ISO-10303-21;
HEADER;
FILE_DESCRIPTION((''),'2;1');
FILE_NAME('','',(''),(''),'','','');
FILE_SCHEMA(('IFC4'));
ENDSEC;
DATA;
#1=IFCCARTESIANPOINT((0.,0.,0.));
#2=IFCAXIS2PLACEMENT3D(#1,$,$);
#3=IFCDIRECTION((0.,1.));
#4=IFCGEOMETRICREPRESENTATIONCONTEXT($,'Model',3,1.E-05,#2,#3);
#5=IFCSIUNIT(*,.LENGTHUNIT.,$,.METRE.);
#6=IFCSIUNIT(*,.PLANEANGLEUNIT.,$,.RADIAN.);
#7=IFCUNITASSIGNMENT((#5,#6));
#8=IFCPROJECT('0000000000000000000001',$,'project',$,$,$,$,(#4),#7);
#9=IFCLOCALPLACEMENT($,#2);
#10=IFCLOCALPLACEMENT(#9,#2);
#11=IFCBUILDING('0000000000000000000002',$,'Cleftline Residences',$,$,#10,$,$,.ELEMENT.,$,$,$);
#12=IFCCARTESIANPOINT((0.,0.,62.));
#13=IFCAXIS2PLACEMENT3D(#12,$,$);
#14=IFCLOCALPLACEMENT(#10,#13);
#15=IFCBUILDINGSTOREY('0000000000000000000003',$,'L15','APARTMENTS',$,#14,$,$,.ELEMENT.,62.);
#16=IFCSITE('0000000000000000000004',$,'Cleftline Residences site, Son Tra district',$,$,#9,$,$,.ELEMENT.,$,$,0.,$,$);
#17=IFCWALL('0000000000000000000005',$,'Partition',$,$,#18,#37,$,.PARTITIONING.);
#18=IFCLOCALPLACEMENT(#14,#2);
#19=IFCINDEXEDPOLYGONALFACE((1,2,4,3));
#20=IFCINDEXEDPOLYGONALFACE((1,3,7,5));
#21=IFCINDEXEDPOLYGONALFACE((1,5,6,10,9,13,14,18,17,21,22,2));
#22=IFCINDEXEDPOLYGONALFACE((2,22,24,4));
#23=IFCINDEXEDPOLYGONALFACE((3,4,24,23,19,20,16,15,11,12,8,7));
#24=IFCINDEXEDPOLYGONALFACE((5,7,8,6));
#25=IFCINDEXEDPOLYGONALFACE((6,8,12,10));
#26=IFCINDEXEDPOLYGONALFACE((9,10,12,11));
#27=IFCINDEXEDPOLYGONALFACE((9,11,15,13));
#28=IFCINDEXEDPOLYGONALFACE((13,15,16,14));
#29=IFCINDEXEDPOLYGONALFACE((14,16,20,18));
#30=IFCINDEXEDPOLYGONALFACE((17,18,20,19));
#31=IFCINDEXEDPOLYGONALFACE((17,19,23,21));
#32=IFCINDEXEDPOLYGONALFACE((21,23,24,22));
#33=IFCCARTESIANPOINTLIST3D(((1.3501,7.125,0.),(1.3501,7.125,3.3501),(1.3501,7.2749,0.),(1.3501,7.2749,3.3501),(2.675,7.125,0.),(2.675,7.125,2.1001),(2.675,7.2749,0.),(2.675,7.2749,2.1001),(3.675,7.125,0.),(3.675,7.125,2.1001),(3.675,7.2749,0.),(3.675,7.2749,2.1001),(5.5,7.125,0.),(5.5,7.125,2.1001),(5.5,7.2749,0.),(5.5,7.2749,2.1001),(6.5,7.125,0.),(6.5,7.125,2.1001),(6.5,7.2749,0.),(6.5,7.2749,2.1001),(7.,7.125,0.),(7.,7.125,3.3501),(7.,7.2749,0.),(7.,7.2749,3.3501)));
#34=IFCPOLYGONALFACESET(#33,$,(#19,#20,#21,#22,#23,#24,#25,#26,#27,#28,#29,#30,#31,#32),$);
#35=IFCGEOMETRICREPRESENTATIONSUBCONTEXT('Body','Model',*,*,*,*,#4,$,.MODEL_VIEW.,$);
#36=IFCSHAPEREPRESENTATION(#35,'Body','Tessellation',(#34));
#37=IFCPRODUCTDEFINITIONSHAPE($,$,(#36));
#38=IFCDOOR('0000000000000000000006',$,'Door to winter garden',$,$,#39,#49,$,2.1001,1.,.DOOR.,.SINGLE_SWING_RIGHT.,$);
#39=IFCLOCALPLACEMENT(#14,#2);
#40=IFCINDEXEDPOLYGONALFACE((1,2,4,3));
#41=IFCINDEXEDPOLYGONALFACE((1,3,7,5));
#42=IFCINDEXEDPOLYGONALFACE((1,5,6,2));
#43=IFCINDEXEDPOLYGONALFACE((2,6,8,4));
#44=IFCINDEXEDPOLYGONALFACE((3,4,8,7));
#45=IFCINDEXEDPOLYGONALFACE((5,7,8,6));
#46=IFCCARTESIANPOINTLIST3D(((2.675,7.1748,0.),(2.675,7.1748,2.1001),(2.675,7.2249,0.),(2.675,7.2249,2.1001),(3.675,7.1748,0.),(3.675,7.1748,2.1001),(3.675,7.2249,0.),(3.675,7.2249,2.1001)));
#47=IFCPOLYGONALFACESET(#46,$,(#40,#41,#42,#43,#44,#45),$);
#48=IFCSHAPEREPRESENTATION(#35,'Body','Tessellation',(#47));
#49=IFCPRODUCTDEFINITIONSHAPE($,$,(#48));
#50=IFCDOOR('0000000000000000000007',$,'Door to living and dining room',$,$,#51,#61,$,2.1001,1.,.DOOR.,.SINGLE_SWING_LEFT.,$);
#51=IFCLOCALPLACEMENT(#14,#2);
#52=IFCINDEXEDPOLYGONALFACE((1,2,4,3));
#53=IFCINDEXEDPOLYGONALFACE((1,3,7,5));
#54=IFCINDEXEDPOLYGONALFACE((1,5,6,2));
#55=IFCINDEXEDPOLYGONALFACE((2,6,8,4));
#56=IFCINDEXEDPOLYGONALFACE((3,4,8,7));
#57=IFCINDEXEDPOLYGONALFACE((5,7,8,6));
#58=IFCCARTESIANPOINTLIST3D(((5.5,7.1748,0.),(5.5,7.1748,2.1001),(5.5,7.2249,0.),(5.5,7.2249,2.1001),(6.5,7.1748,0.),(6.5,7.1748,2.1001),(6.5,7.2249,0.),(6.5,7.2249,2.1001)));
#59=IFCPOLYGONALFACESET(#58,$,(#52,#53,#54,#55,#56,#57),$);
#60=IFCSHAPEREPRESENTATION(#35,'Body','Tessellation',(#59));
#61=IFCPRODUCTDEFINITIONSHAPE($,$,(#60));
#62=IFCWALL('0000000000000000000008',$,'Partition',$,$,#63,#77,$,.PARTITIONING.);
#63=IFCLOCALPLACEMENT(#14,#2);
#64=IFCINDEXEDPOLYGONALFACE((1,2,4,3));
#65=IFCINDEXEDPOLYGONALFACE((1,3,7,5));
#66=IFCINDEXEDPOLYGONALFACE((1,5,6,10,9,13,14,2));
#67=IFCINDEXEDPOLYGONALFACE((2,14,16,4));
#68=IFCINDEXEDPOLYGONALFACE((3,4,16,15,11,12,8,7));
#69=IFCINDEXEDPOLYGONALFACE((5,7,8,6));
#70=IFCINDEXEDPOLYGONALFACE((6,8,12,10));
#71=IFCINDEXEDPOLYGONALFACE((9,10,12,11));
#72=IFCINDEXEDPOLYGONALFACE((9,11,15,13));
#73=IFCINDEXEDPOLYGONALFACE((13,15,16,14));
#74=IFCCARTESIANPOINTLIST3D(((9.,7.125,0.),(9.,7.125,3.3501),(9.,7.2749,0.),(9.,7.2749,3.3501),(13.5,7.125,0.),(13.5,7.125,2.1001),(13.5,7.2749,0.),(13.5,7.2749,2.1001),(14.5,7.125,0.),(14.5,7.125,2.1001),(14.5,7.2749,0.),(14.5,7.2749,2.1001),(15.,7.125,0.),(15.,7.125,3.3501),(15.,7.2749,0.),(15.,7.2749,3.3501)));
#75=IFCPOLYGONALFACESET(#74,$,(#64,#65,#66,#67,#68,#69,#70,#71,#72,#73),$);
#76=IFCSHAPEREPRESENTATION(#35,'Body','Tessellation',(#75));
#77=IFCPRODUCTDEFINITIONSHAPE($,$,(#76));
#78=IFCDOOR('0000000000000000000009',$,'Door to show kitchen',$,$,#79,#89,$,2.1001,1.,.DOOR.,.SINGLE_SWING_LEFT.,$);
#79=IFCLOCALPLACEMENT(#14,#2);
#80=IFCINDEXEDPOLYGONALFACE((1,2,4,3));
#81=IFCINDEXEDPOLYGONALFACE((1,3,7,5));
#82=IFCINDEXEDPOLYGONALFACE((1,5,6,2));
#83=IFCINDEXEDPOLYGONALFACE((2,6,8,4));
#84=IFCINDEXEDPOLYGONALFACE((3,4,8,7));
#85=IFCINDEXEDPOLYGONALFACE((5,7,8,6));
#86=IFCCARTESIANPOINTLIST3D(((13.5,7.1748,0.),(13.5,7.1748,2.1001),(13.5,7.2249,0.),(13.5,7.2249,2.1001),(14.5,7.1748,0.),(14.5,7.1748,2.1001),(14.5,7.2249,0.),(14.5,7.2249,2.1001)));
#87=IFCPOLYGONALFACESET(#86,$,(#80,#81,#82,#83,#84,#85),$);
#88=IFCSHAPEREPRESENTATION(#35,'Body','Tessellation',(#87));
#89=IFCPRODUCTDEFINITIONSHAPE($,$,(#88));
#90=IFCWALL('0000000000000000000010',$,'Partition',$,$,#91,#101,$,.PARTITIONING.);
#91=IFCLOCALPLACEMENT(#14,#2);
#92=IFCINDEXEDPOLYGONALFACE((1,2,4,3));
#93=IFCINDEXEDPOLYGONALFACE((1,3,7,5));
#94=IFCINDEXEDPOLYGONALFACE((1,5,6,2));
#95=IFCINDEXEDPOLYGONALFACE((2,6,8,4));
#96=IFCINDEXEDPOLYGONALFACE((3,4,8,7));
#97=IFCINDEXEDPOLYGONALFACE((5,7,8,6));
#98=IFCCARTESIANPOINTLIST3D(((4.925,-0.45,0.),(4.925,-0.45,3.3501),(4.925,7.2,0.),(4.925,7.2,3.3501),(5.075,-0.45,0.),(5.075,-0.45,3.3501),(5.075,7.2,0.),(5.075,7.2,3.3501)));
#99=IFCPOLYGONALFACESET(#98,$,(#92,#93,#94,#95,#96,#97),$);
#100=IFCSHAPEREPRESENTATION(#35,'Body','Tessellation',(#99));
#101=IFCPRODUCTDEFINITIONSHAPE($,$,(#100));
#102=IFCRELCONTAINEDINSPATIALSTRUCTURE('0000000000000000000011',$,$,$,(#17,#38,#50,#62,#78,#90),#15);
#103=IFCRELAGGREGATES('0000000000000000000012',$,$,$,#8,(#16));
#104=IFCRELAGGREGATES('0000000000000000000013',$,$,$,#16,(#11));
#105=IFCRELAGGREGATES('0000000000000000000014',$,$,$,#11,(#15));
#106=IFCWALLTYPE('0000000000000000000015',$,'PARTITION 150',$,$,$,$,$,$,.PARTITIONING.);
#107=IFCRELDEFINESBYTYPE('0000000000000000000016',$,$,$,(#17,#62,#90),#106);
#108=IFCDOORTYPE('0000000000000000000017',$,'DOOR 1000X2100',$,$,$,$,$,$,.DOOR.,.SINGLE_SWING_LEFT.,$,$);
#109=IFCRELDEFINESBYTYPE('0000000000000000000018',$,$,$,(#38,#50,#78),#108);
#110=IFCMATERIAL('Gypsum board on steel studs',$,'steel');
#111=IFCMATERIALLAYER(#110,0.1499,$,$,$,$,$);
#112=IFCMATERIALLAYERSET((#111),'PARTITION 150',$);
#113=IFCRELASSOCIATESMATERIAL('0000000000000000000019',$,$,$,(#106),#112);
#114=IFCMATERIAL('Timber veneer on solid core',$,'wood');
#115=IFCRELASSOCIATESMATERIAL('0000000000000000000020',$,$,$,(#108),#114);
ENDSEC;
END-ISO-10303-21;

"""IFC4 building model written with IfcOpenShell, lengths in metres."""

from ifc_helpers import new_model, si_unit, direction, frame, frame_2d, origin, place, context, subcontext, project, spatial, rectangle, extrude, material, layer, layer_set, type_object, element, fill, save


model = new_model("IFC4")

# Units and contexts
model_context = context("Model", 3, precision=1e-05, world=origin(), true_north=direction((0.0, 1.0)))
body_context = subcontext(model_context, "Body", "Model", "MODEL_VIEW")
ifc_project = project(units=[si_unit("LENGTHUNIT", "METRE"), si_unit("PLANEANGLEUNIT", "RADIAN")], contexts=[model_context])

# Site, building, storey
site_placement = place(None, origin())
site = spatial("IfcSite", under=ifc_project, at=site_placement, Name="Cleftline Residences site, Son Tra district", CompositionType="ELEMENT", RefElevation=0.0)
building_placement = place(site_placement, origin())
building = spatial("IfcBuilding", under=site, at=building_placement, Name="Cleftline Residences", CompositionType="ELEMENT")
storey_placement = place(building_placement, frame((0.0, 0.0, 62.0)))
storey = spatial("IfcBuildingStorey", under=building, at=storey_placement, Name="L15", Description="APARTMENTS", CompositionType="ELEMENT", Elevation=62.0)

# Wall, openings, doors
ifc_material_1 = material(Name="Gypsum board on steel studs", Category="steel")
ifc_layer_1 = layer(ifc_material_1, 0.1499)
ifc_layer_set_1 = layer_set([ifc_layer_1], Name="PARTITION 150")
wall_type_1 = type_object("IfcWallType", Name="PARTITION 150", PredefinedType="PARTITIONING", material=ifc_layer_set_1)
wall_1_placement = place(storey_placement, frame((1.3501, 7.2, 0.0), z_axis=(0.0, 0.0, 1.0), x_axis=(1.0, 0.0, 0.0)))
wall_1 = element("IfcWall", 1, at=wall_1_placement, inside=storey, type_object=wall_type_1, Name="Partition", PredefinedType="PARTITIONING", context=body_context, shape_type="SweptSolid", body=[
    extrude(rectangle(XDim=5.6499, YDim=0.1499, at=frame_2d((2.825, 0.0))), origin(), (0.0, 0.0, 1.0), 3.3501),
])
opening_1_placement = place(wall_1_placement, frame((1.325, 0.0, 0.0)))
opening_1 = element("IfcOpeningElement", 2, at=opening_1_placement, cuts=wall_1, PredefinedType="OPENING", context=body_context, shape_type="SweptSolid", body=[
    extrude(rectangle(XDim=1.0, YDim=2.1001, at=frame_2d((0.5, 1.05))), frame((0.0, 0.085, 0.0), z_axis=(0.0, -1.0, 0.0), x_axis=(1.0, 0.0, 0.0)), (0.0, 0.0, 1.0), 0.1699),
])
opening_2_placement = place(wall_1_placement, frame((4.1499, 0.0, 0.0)))
opening_2 = element("IfcOpeningElement", 3, at=opening_2_placement, cuts=wall_1, PredefinedType="OPENING", context=body_context, shape_type="SweptSolid", body=[
    extrude(rectangle(XDim=1.0, YDim=2.1001, at=frame_2d((0.5, 1.05))), frame((0.0, 0.085, 0.0), z_axis=(0.0, -1.0, 0.0), x_axis=(1.0, 0.0, 0.0)), (0.0, 0.0, 1.0), 0.1699),
])
ifc_material_2 = material(Name="Timber veneer on solid core", Category="wood")
door_type = type_object("IfcDoorType", Name="DOOR 1000X2100", OperationType="SINGLE_SWING_LEFT", PredefinedType="DOOR", material=ifc_material_2)
door_1_placement = place(opening_1_placement, origin())
door_1 = element("IfcDoor", 4, at=door_1_placement, inside=storey, type_object=door_type, Name="Door to winter garden", OperationType="SINGLE_SWING_RIGHT", OverallHeight=2.1001, OverallWidth=1.0, PredefinedType="DOOR", context=body_context, shape_type="SweptSolid", body=[
    extrude(rectangle(XDim=1.0, YDim=2.1001, at=frame_2d((0.5, 1.05))), frame((0.0, 0.0249, 0.0), z_axis=(0.0, -1.0, 0.0), x_axis=(1.0, 0.0, 0.0)), (0.0, 0.0, 1.0), 0.05),
])
fill(opening_1, door_1)
door_2_placement = place(opening_2_placement, origin())
door_2 = element("IfcDoor", 5, at=door_2_placement, inside=storey, type_object=door_type, Name="Door to living and dining room", OperationType="SINGLE_SWING_LEFT", OverallHeight=2.1001, OverallWidth=1.0, PredefinedType="DOOR", context=body_context, shape_type="SweptSolid", body=[
    extrude(rectangle(XDim=1.0, YDim=2.1001, at=frame_2d((0.5, 1.05))), frame((0.0, 0.0249, 0.0), z_axis=(0.0, -1.0, 0.0), x_axis=(1.0, 0.0, 0.0)), (0.0, 0.0, 1.0), 0.05),
])
fill(opening_2, door_2)

# Wall, opening, door
wall_2_placement = place(storey_placement, frame((9.0, 7.2, 0.0), z_axis=(0.0, 0.0, 1.0), x_axis=(1.0, 0.0, 0.0)))
wall_2 = element("IfcWall", 6, at=wall_2_placement, inside=storey, type_object=wall_type_1, Name="Partition", PredefinedType="PARTITIONING", context=body_context, shape_type="SweptSolid", body=[
    extrude(rectangle(XDim=6.0, YDim=0.1499, at=frame_2d((3.0, 0.0))), origin(), (0.0, 0.0, 1.0), 3.3501),
])
opening_3_placement = place(wall_2_placement, frame((4.5, 0.0, 0.0)))
opening_3 = element("IfcOpeningElement", 7, at=opening_3_placement, cuts=wall_2, PredefinedType="OPENING", context=body_context, shape_type="SweptSolid", body=[
    extrude(rectangle(XDim=1.0, YDim=2.1001, at=frame_2d((0.5, 1.05))), frame((0.0, 0.085, 0.0), z_axis=(0.0, -1.0, 0.0), x_axis=(1.0, 0.0, 0.0)), (0.0, 0.0, 1.0), 0.1699),
])
door_3_placement = place(opening_3_placement, origin())
door_3 = element("IfcDoor", 8, at=door_3_placement, inside=storey, type_object=door_type, Name="Door to show kitchen", OperationType="SINGLE_SWING_LEFT", OverallHeight=2.1001, OverallWidth=1.0, PredefinedType="DOOR", context=body_context, shape_type="SweptSolid", body=[
    extrude(rectangle(XDim=1.0, YDim=2.1001, at=frame_2d((0.5, 1.05))), frame((0.0, 0.0249, 0.0), z_axis=(0.0, -1.0, 0.0), x_axis=(1.0, 0.0, 0.0)), (0.0, 0.0, 1.0), 0.05),
])
fill(opening_3, door_3)

# Wall
wall_3_placement = place(storey_placement, frame((5.0, -0.45, 0.0), z_axis=(0.0, 0.0, 1.0), x_axis=(0.0, 1.0, 0.0)))
element("IfcWall", 9, at=wall_3_placement, inside=storey, type_object=wall_type_1, Name="Partition", PredefinedType="PARTITIONING", context=body_context, shape_type="SweptSolid", body=[
    extrude(rectangle(XDim=7.6499, YDim=0.1499, at=frame_2d((3.825, 0.0))), origin(), (0.0, 0.0, 1.0), 3.3501),
])

save(model, "model.ifc")
